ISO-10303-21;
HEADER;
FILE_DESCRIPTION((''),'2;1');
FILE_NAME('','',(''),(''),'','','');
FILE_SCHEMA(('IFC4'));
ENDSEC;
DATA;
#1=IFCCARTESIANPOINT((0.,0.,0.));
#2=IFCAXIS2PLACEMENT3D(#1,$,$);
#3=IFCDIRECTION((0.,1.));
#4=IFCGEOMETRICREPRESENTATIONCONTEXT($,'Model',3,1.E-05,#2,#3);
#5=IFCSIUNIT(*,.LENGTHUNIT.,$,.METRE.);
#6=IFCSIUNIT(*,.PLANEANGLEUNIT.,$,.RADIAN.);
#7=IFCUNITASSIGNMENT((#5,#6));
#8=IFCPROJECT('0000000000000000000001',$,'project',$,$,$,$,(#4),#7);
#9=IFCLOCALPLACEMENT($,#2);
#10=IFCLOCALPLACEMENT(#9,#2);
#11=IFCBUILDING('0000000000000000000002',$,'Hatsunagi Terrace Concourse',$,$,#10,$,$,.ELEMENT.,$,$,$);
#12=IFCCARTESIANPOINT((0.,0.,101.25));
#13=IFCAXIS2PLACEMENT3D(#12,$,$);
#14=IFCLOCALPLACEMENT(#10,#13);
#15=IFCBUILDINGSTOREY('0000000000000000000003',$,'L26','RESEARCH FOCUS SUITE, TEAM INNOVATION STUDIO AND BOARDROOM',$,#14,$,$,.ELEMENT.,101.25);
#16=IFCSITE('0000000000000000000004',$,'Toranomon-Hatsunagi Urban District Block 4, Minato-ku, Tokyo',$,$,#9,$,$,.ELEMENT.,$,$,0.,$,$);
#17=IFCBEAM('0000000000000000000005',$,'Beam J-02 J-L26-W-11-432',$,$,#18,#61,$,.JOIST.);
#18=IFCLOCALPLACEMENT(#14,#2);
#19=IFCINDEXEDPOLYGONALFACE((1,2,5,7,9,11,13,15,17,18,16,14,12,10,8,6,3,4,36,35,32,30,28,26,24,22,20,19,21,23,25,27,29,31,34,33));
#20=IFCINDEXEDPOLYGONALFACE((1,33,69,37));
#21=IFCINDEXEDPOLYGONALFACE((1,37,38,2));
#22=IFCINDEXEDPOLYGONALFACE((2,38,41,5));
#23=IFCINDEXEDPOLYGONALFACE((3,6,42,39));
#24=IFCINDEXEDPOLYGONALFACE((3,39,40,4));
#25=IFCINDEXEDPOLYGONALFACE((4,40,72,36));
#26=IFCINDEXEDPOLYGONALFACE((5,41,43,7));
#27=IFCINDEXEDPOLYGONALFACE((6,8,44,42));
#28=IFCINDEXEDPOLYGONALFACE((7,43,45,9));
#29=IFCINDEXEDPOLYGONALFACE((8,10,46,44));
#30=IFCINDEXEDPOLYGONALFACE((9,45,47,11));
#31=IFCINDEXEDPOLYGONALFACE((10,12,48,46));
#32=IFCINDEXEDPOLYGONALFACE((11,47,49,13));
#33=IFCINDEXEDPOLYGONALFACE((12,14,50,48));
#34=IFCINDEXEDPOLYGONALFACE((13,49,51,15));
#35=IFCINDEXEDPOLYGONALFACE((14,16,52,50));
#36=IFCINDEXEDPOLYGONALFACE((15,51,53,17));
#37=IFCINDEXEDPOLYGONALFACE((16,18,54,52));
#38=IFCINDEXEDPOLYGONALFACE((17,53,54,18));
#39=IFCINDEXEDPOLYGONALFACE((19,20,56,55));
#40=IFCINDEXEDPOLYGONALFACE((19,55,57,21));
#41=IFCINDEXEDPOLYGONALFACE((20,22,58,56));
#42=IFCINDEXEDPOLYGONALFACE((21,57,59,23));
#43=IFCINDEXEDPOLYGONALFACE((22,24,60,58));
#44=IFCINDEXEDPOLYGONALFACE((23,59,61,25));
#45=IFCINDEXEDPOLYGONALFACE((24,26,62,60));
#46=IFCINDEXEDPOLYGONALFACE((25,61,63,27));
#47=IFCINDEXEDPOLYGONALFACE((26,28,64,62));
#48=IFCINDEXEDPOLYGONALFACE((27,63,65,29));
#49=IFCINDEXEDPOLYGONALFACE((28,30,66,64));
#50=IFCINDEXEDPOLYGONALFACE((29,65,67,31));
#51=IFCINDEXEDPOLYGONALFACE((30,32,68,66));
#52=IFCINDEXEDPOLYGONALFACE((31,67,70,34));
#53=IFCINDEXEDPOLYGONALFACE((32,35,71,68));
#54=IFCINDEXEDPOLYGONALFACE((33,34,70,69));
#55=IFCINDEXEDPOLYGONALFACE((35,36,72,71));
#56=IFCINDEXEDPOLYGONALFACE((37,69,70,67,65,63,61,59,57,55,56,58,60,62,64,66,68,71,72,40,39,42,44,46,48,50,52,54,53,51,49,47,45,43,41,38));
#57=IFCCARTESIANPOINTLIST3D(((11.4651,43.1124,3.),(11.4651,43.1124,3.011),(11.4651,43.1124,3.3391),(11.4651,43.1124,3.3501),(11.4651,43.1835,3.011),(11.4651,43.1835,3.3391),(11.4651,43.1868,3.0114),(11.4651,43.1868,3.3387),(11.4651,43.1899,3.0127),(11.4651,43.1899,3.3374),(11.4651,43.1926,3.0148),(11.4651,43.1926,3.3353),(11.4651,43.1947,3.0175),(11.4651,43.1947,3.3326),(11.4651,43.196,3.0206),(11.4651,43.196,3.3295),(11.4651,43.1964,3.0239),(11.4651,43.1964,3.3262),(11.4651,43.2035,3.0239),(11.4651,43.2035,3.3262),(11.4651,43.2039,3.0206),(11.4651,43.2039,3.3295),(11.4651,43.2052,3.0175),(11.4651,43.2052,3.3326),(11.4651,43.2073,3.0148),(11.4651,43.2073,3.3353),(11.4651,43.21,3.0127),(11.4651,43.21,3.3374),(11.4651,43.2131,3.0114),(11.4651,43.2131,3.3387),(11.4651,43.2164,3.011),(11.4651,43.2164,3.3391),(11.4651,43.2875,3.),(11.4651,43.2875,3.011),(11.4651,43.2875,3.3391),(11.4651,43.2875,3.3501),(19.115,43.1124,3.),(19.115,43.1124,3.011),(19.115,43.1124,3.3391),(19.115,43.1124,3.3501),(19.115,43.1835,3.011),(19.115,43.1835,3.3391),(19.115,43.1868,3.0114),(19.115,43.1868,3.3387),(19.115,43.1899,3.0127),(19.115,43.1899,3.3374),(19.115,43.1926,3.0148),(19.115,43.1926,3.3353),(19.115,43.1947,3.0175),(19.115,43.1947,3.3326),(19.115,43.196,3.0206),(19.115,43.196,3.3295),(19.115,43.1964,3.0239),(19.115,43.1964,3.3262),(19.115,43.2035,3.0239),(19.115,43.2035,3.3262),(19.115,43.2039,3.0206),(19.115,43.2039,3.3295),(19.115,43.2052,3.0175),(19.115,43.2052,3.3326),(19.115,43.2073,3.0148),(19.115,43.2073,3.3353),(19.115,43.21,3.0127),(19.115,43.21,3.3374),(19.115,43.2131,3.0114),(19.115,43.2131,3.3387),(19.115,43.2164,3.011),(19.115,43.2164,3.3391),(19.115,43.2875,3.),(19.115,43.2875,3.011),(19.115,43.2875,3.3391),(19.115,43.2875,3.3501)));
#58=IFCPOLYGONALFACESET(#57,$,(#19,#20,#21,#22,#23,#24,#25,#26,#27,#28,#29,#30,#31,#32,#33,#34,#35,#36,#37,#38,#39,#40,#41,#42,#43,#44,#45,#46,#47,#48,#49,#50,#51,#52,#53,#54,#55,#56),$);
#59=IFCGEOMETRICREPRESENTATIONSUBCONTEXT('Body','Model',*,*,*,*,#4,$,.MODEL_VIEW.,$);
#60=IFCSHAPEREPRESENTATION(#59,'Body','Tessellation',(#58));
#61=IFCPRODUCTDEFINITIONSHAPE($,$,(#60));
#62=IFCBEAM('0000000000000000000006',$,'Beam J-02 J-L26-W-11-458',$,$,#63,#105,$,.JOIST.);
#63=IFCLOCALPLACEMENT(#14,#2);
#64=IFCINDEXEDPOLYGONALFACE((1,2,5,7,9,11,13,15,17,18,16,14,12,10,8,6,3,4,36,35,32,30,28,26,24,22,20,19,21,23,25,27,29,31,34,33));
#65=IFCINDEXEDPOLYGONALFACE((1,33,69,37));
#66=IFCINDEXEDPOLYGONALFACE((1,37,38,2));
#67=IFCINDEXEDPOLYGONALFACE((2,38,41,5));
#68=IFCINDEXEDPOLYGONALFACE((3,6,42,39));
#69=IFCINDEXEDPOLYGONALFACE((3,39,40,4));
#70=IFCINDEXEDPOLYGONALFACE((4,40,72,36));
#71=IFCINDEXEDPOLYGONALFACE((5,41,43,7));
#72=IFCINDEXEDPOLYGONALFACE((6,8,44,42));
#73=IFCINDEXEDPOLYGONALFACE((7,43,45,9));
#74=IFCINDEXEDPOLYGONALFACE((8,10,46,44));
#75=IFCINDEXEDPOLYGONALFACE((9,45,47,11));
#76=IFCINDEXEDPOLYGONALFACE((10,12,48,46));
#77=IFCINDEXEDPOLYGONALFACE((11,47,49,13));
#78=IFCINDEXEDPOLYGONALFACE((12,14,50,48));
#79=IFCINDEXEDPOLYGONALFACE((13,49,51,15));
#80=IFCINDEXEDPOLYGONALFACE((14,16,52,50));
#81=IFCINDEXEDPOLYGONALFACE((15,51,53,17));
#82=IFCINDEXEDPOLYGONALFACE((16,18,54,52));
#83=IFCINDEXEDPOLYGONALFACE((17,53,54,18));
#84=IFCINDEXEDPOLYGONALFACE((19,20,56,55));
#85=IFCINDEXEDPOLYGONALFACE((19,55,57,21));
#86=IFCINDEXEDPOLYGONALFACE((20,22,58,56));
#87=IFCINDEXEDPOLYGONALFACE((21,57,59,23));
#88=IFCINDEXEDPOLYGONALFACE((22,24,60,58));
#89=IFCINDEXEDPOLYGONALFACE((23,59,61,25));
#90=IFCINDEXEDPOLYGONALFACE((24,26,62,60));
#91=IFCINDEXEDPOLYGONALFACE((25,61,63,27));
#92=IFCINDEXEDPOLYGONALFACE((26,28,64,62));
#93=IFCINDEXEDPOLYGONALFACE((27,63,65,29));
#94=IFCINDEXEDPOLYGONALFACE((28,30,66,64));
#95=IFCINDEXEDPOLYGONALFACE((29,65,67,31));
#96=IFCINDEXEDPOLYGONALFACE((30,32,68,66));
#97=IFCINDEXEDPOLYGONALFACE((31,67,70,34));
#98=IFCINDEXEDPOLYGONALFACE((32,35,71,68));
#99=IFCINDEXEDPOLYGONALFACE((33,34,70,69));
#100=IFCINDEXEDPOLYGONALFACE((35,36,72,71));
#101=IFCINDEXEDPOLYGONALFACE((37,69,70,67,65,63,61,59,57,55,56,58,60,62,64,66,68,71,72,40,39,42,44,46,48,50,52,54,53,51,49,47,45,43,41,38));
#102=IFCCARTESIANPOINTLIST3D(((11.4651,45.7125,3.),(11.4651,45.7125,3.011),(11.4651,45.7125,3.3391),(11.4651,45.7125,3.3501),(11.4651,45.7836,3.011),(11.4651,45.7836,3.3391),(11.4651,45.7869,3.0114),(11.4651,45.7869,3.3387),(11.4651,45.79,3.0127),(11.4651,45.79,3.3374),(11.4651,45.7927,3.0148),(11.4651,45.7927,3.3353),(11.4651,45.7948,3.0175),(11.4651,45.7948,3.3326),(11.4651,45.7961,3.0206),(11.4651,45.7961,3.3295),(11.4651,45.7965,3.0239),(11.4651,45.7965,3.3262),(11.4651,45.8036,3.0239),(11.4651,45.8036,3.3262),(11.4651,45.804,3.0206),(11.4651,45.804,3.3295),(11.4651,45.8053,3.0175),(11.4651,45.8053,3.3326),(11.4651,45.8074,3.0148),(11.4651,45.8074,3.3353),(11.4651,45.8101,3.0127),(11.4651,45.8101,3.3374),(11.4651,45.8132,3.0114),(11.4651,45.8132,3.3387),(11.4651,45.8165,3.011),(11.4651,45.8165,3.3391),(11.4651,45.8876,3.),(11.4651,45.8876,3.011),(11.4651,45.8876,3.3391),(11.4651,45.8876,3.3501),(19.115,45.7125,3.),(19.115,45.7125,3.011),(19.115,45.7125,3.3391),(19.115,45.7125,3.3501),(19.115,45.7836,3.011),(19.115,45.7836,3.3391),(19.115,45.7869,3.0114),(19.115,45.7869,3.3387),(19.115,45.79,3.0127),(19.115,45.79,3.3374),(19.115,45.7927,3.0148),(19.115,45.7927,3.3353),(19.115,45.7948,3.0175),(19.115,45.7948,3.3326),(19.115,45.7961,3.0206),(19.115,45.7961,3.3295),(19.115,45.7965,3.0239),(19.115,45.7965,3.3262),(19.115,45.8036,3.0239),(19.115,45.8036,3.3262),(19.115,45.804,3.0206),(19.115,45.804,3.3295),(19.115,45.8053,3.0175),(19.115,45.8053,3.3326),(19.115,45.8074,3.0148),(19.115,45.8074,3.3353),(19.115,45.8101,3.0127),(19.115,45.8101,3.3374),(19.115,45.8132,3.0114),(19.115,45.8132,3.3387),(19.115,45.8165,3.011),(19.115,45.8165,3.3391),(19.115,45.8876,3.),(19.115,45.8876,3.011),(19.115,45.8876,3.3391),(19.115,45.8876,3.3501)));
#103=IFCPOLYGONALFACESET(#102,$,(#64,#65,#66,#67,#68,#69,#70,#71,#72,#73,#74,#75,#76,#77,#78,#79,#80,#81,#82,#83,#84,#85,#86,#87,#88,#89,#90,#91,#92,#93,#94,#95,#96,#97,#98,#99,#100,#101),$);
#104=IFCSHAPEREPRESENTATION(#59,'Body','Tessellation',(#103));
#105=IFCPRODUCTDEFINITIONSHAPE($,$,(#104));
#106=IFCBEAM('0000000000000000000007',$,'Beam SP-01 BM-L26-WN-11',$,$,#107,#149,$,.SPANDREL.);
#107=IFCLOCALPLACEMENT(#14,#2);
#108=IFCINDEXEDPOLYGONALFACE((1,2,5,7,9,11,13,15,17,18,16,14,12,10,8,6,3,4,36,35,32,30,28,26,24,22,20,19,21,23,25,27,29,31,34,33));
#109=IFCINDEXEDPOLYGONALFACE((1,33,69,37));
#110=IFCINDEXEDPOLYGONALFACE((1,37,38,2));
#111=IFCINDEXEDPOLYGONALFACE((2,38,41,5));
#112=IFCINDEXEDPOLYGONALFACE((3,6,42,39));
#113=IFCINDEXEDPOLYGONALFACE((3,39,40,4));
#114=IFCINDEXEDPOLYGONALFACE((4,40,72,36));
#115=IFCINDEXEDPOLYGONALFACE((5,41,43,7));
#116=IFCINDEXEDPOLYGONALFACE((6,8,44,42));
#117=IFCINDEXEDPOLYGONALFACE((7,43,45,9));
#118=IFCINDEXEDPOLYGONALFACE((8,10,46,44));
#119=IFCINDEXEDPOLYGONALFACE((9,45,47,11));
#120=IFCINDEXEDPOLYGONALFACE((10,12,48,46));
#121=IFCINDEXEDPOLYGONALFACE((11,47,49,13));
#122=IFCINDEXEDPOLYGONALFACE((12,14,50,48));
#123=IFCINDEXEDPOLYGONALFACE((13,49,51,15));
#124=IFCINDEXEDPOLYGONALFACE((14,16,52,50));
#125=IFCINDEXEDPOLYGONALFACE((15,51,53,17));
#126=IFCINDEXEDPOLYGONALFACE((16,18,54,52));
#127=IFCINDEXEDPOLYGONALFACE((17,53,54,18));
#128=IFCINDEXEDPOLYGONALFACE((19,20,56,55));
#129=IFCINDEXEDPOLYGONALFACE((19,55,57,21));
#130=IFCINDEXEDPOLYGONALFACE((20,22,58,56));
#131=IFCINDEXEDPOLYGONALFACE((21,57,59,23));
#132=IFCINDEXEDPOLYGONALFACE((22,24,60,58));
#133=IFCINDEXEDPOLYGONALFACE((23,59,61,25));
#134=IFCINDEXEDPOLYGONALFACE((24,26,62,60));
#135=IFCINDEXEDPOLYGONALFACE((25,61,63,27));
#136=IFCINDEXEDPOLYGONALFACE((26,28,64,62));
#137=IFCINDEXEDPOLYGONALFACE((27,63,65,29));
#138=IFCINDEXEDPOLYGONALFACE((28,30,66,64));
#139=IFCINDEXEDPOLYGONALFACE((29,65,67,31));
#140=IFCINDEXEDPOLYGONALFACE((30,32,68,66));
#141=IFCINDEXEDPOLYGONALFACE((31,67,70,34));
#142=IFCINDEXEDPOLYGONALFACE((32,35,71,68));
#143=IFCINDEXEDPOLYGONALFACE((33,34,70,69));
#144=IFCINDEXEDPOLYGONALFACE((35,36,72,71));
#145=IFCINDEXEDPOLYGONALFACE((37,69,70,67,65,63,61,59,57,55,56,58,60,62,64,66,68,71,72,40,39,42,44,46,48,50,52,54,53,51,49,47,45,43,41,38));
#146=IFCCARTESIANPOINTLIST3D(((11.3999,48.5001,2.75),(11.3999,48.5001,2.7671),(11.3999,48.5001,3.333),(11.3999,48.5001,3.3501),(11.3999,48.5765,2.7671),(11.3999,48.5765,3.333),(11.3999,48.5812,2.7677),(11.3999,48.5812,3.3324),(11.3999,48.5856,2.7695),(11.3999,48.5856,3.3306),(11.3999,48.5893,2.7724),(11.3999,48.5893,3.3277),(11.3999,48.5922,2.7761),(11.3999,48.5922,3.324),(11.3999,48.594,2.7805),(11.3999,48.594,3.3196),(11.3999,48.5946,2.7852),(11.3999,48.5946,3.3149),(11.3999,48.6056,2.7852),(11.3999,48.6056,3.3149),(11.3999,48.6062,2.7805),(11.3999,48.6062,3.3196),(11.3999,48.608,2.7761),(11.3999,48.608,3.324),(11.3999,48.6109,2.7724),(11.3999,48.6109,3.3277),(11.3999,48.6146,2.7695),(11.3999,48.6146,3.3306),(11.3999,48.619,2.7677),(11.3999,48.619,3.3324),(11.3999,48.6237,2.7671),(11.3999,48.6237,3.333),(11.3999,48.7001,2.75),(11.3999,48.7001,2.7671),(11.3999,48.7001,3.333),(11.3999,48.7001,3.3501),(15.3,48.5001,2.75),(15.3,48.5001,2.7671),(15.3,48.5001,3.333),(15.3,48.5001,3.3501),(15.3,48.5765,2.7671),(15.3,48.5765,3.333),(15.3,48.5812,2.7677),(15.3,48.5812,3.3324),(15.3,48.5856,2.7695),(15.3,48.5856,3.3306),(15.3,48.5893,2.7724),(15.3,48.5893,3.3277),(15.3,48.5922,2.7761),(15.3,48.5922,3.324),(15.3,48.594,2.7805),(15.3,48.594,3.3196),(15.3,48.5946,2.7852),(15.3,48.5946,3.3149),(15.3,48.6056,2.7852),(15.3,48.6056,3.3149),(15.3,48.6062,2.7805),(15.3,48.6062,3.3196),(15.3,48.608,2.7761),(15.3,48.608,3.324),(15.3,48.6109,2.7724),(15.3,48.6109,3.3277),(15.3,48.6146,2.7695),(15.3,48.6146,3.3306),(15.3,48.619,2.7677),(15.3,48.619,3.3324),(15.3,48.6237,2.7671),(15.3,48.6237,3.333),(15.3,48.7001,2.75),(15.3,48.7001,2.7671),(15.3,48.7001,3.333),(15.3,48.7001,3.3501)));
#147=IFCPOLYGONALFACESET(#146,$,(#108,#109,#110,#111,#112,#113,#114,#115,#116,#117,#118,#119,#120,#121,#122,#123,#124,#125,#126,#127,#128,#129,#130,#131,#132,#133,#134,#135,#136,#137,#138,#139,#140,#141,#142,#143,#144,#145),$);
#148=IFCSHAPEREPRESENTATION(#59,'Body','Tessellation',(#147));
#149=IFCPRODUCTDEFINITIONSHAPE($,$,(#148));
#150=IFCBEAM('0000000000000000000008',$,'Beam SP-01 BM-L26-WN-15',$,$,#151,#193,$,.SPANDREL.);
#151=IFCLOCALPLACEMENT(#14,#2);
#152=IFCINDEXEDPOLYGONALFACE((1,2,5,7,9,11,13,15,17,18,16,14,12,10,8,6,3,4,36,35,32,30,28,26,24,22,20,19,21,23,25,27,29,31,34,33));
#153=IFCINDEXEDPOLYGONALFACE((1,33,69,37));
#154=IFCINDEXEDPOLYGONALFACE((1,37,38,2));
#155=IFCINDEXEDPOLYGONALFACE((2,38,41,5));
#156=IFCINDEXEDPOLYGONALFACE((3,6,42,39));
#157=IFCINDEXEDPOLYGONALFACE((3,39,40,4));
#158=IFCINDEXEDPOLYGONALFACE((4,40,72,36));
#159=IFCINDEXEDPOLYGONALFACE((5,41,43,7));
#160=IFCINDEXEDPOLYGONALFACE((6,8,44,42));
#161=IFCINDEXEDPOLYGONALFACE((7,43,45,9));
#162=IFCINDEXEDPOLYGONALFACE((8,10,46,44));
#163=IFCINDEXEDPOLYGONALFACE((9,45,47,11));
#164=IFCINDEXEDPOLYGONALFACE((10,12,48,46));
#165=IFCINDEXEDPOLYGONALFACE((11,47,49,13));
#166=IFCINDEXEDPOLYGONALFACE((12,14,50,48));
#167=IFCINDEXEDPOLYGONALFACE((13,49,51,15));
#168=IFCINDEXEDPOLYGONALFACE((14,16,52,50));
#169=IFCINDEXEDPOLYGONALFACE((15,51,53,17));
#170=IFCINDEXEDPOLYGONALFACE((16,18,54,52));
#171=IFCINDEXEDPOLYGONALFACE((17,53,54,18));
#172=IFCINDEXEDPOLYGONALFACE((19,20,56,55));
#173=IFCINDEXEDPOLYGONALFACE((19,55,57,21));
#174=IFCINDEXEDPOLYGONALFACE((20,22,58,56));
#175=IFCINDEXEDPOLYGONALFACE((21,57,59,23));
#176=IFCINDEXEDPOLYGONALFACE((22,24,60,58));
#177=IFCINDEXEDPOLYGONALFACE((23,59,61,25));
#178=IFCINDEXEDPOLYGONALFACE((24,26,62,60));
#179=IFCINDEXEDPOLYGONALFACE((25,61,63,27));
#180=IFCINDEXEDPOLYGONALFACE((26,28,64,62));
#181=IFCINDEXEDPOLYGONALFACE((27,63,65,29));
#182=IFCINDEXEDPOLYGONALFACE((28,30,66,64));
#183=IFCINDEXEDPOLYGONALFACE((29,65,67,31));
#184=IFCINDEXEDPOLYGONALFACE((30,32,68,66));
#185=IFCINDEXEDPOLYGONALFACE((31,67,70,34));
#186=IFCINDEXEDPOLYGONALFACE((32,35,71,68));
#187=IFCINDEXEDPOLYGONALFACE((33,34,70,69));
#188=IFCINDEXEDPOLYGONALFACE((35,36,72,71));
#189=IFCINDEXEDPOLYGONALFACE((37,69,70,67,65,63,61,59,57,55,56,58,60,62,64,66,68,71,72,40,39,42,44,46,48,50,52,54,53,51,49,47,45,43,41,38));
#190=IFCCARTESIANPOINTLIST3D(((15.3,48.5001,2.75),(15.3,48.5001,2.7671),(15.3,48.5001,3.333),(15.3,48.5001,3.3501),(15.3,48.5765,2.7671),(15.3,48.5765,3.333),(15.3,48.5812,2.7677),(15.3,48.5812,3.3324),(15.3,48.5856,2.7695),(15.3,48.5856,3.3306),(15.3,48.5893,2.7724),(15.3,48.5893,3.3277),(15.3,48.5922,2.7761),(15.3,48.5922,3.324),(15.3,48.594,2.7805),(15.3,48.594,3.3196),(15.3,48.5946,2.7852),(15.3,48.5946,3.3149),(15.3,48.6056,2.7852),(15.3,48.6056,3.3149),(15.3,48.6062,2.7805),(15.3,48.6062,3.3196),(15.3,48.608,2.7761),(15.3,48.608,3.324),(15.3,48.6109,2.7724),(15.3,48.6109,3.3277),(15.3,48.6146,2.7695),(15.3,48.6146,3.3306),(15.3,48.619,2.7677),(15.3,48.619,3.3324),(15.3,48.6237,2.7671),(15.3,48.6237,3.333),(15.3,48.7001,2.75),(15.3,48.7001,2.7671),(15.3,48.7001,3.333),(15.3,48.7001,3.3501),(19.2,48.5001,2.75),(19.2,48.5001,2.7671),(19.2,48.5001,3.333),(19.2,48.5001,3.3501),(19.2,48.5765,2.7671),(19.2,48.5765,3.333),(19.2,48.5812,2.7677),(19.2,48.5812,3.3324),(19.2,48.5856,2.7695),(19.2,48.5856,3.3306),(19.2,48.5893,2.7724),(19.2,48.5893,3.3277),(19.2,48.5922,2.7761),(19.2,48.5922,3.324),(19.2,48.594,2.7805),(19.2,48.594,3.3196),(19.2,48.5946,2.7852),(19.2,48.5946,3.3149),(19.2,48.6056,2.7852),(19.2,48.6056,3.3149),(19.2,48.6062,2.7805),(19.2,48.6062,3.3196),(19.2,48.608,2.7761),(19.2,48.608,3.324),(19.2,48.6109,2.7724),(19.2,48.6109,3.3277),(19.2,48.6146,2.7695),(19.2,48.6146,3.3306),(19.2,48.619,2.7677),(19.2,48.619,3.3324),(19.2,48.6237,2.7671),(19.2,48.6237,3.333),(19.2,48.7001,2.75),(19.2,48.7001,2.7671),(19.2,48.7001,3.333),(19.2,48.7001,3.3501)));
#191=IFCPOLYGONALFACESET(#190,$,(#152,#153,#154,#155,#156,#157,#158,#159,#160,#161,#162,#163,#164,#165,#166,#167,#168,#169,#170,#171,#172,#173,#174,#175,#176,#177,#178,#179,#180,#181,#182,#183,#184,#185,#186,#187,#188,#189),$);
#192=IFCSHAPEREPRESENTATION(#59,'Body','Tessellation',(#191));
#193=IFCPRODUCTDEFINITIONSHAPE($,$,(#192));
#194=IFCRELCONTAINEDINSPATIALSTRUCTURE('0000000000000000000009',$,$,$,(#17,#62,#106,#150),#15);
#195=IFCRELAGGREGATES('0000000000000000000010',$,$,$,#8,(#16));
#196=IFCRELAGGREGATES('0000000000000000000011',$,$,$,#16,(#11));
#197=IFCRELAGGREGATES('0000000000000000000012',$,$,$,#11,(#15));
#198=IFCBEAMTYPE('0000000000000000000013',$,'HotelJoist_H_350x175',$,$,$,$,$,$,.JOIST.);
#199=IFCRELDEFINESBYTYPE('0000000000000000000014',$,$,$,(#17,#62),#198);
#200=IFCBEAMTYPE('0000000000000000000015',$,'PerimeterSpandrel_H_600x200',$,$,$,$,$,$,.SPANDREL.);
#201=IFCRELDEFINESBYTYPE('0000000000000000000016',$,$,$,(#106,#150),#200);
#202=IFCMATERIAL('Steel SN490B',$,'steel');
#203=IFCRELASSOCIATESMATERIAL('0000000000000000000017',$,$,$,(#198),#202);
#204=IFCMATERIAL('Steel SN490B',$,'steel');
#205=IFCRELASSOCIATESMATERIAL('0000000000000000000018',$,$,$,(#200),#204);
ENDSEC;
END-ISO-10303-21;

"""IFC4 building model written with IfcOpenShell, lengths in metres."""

from ifc_helpers import new_model, si_unit, direction, frame, origin, origin_2d, place, context, subcontext, project, spatial, i_section, extrude, material, material_profile, profile_set, type_object, element, save


model = new_model("IFC4")

# Units and contexts
model_context = context("Model", 3, precision=1e-05, world=origin(), true_north=direction((0.0, 1.0)))
body_context = subcontext(model_context, "Body", "Model", "MODEL_VIEW")
ifc_project = project(units=[si_unit("LENGTHUNIT", "METRE"), si_unit("PLANEANGLEUNIT", "RADIAN")], contexts=[model_context])

# Site, building, storey
site_placement = place(None, origin())
site = spatial("IfcSite", under=ifc_project, at=site_placement, Name="Toranomon-Hatsunagi Urban District Block 4, Minato-ku, Tokyo", CompositionType="ELEMENT", RefElevation=0.0)
building_placement = place(site_placement, origin())
building = spatial("IfcBuilding", under=site, at=building_placement, Name="Hatsunagi Terrace Concourse", CompositionType="ELEMENT")
storey_placement = place(building_placement, frame((0.0, 0.0, 101.25)))
storey = spatial("IfcBuildingStorey", under=building, at=storey_placement, Name="L26", Description="RESEARCH FOCUS SUITE, TEAM INNOVATION STUDIO AND BOARDROOM", CompositionType="ELEMENT", Elevation=101.25)

# Beams
ifc_material_1 = material(Name="Steel SN490B", Category="steel")
ifc_material_profile_1 = material_profile(ifc_material_1, i_section(OverallWidth=0.175, OverallDepth=0.3501, WebThickness=0.0071, FlangeThickness=0.011, FilletRadius=0.0129, at=origin_2d()), Name="H-350x175x7x11")
ifc_profile_set_1 = profile_set([ifc_material_profile_1], Name="Steel SN490B")
beam_type_1 = type_object("IfcBeamType", Name="HotelJoist_H_350x175", PredefinedType="JOIST", material=ifc_profile_set_1)
for number, where, z_axis, x_axis, name in (
    (1, (11.4651, 43.2, 3.175), (1.0, 0.0, 0.0), (0.0, 1.0, 0.0), "Beam J-02 J-L26-W-11-432"),
    (2, (11.4651, 45.8, 3.175), (1.0, 0.0, 0.0), (0.0, 1.0, 0.0), "Beam J-02 J-L26-W-11-458"),
):
    element("IfcBeam", number, at=place(storey_placement, frame(where, z_axis=z_axis, x_axis=x_axis)), inside=storey, type_object=beam_type_1, Name=name, PredefinedType="JOIST", context=body_context, shape_type="SweptSolid", body=[
        extrude(i_section(OverallWidth=0.175, OverallDepth=0.3501, WebThickness=0.0071, FlangeThickness=0.011, FilletRadius=0.0129, at=origin_2d()), origin(), (0.0, 0.0, 1.0), 7.6499),
    ])
ifc_material_2 = material(Name="Steel SN490B", Category="steel")
ifc_material_profile_2 = material_profile(ifc_material_2, i_section(OverallWidth=0.2, OverallDepth=0.6001, WebThickness=0.011, FlangeThickness=0.0171, FilletRadius=0.0181, at=origin_2d()), Name="H-600x200x11x17")
ifc_profile_set_2 = profile_set([ifc_material_profile_2], Name="Steel SN490B")
beam_type_2 = type_object("IfcBeamType", Name="PerimeterSpandrel_H_600x200", PredefinedType="SPANDREL", material=ifc_profile_set_2)
beam_1_placement = place(storey_placement, frame((11.3999, 48.6001, 3.05), z_axis=(1.0, 0.0, 0.0), x_axis=(0.0, 1.0, 0.0)))
element("IfcBeam", 3, at=beam_1_placement, inside=storey, type_object=beam_type_2, Name="Beam SP-01 BM-L26-WN-11", PredefinedType="SPANDREL", context=body_context, shape_type="SweptSolid", body=[
    extrude(i_section(OverallWidth=0.2, OverallDepth=0.6001, WebThickness=0.011, FlangeThickness=0.0171, FilletRadius=0.0181, at=origin_2d()), origin(), (0.0, 0.0, 1.0), 3.9001),
])
beam_2_placement = place(storey_placement, frame((15.3, 48.6001, 3.05), z_axis=(1.0, 0.0, 0.0), x_axis=(0.0, 1.0, 0.0)))
element("IfcBeam", 4, at=beam_2_placement, inside=storey, type_object=beam_type_2, Name="Beam SP-01 BM-L26-WN-15", PredefinedType="SPANDREL", context=body_context, shape_type="SweptSolid", body=[
    extrude(i_section(OverallWidth=0.2, OverallDepth=0.6001, WebThickness=0.011, FlangeThickness=0.0171, FilletRadius=0.0181, at=origin_2d()), origin(), (0.0, 0.0, 1.0), 3.8999),
])

save(model, "model.ifc")
